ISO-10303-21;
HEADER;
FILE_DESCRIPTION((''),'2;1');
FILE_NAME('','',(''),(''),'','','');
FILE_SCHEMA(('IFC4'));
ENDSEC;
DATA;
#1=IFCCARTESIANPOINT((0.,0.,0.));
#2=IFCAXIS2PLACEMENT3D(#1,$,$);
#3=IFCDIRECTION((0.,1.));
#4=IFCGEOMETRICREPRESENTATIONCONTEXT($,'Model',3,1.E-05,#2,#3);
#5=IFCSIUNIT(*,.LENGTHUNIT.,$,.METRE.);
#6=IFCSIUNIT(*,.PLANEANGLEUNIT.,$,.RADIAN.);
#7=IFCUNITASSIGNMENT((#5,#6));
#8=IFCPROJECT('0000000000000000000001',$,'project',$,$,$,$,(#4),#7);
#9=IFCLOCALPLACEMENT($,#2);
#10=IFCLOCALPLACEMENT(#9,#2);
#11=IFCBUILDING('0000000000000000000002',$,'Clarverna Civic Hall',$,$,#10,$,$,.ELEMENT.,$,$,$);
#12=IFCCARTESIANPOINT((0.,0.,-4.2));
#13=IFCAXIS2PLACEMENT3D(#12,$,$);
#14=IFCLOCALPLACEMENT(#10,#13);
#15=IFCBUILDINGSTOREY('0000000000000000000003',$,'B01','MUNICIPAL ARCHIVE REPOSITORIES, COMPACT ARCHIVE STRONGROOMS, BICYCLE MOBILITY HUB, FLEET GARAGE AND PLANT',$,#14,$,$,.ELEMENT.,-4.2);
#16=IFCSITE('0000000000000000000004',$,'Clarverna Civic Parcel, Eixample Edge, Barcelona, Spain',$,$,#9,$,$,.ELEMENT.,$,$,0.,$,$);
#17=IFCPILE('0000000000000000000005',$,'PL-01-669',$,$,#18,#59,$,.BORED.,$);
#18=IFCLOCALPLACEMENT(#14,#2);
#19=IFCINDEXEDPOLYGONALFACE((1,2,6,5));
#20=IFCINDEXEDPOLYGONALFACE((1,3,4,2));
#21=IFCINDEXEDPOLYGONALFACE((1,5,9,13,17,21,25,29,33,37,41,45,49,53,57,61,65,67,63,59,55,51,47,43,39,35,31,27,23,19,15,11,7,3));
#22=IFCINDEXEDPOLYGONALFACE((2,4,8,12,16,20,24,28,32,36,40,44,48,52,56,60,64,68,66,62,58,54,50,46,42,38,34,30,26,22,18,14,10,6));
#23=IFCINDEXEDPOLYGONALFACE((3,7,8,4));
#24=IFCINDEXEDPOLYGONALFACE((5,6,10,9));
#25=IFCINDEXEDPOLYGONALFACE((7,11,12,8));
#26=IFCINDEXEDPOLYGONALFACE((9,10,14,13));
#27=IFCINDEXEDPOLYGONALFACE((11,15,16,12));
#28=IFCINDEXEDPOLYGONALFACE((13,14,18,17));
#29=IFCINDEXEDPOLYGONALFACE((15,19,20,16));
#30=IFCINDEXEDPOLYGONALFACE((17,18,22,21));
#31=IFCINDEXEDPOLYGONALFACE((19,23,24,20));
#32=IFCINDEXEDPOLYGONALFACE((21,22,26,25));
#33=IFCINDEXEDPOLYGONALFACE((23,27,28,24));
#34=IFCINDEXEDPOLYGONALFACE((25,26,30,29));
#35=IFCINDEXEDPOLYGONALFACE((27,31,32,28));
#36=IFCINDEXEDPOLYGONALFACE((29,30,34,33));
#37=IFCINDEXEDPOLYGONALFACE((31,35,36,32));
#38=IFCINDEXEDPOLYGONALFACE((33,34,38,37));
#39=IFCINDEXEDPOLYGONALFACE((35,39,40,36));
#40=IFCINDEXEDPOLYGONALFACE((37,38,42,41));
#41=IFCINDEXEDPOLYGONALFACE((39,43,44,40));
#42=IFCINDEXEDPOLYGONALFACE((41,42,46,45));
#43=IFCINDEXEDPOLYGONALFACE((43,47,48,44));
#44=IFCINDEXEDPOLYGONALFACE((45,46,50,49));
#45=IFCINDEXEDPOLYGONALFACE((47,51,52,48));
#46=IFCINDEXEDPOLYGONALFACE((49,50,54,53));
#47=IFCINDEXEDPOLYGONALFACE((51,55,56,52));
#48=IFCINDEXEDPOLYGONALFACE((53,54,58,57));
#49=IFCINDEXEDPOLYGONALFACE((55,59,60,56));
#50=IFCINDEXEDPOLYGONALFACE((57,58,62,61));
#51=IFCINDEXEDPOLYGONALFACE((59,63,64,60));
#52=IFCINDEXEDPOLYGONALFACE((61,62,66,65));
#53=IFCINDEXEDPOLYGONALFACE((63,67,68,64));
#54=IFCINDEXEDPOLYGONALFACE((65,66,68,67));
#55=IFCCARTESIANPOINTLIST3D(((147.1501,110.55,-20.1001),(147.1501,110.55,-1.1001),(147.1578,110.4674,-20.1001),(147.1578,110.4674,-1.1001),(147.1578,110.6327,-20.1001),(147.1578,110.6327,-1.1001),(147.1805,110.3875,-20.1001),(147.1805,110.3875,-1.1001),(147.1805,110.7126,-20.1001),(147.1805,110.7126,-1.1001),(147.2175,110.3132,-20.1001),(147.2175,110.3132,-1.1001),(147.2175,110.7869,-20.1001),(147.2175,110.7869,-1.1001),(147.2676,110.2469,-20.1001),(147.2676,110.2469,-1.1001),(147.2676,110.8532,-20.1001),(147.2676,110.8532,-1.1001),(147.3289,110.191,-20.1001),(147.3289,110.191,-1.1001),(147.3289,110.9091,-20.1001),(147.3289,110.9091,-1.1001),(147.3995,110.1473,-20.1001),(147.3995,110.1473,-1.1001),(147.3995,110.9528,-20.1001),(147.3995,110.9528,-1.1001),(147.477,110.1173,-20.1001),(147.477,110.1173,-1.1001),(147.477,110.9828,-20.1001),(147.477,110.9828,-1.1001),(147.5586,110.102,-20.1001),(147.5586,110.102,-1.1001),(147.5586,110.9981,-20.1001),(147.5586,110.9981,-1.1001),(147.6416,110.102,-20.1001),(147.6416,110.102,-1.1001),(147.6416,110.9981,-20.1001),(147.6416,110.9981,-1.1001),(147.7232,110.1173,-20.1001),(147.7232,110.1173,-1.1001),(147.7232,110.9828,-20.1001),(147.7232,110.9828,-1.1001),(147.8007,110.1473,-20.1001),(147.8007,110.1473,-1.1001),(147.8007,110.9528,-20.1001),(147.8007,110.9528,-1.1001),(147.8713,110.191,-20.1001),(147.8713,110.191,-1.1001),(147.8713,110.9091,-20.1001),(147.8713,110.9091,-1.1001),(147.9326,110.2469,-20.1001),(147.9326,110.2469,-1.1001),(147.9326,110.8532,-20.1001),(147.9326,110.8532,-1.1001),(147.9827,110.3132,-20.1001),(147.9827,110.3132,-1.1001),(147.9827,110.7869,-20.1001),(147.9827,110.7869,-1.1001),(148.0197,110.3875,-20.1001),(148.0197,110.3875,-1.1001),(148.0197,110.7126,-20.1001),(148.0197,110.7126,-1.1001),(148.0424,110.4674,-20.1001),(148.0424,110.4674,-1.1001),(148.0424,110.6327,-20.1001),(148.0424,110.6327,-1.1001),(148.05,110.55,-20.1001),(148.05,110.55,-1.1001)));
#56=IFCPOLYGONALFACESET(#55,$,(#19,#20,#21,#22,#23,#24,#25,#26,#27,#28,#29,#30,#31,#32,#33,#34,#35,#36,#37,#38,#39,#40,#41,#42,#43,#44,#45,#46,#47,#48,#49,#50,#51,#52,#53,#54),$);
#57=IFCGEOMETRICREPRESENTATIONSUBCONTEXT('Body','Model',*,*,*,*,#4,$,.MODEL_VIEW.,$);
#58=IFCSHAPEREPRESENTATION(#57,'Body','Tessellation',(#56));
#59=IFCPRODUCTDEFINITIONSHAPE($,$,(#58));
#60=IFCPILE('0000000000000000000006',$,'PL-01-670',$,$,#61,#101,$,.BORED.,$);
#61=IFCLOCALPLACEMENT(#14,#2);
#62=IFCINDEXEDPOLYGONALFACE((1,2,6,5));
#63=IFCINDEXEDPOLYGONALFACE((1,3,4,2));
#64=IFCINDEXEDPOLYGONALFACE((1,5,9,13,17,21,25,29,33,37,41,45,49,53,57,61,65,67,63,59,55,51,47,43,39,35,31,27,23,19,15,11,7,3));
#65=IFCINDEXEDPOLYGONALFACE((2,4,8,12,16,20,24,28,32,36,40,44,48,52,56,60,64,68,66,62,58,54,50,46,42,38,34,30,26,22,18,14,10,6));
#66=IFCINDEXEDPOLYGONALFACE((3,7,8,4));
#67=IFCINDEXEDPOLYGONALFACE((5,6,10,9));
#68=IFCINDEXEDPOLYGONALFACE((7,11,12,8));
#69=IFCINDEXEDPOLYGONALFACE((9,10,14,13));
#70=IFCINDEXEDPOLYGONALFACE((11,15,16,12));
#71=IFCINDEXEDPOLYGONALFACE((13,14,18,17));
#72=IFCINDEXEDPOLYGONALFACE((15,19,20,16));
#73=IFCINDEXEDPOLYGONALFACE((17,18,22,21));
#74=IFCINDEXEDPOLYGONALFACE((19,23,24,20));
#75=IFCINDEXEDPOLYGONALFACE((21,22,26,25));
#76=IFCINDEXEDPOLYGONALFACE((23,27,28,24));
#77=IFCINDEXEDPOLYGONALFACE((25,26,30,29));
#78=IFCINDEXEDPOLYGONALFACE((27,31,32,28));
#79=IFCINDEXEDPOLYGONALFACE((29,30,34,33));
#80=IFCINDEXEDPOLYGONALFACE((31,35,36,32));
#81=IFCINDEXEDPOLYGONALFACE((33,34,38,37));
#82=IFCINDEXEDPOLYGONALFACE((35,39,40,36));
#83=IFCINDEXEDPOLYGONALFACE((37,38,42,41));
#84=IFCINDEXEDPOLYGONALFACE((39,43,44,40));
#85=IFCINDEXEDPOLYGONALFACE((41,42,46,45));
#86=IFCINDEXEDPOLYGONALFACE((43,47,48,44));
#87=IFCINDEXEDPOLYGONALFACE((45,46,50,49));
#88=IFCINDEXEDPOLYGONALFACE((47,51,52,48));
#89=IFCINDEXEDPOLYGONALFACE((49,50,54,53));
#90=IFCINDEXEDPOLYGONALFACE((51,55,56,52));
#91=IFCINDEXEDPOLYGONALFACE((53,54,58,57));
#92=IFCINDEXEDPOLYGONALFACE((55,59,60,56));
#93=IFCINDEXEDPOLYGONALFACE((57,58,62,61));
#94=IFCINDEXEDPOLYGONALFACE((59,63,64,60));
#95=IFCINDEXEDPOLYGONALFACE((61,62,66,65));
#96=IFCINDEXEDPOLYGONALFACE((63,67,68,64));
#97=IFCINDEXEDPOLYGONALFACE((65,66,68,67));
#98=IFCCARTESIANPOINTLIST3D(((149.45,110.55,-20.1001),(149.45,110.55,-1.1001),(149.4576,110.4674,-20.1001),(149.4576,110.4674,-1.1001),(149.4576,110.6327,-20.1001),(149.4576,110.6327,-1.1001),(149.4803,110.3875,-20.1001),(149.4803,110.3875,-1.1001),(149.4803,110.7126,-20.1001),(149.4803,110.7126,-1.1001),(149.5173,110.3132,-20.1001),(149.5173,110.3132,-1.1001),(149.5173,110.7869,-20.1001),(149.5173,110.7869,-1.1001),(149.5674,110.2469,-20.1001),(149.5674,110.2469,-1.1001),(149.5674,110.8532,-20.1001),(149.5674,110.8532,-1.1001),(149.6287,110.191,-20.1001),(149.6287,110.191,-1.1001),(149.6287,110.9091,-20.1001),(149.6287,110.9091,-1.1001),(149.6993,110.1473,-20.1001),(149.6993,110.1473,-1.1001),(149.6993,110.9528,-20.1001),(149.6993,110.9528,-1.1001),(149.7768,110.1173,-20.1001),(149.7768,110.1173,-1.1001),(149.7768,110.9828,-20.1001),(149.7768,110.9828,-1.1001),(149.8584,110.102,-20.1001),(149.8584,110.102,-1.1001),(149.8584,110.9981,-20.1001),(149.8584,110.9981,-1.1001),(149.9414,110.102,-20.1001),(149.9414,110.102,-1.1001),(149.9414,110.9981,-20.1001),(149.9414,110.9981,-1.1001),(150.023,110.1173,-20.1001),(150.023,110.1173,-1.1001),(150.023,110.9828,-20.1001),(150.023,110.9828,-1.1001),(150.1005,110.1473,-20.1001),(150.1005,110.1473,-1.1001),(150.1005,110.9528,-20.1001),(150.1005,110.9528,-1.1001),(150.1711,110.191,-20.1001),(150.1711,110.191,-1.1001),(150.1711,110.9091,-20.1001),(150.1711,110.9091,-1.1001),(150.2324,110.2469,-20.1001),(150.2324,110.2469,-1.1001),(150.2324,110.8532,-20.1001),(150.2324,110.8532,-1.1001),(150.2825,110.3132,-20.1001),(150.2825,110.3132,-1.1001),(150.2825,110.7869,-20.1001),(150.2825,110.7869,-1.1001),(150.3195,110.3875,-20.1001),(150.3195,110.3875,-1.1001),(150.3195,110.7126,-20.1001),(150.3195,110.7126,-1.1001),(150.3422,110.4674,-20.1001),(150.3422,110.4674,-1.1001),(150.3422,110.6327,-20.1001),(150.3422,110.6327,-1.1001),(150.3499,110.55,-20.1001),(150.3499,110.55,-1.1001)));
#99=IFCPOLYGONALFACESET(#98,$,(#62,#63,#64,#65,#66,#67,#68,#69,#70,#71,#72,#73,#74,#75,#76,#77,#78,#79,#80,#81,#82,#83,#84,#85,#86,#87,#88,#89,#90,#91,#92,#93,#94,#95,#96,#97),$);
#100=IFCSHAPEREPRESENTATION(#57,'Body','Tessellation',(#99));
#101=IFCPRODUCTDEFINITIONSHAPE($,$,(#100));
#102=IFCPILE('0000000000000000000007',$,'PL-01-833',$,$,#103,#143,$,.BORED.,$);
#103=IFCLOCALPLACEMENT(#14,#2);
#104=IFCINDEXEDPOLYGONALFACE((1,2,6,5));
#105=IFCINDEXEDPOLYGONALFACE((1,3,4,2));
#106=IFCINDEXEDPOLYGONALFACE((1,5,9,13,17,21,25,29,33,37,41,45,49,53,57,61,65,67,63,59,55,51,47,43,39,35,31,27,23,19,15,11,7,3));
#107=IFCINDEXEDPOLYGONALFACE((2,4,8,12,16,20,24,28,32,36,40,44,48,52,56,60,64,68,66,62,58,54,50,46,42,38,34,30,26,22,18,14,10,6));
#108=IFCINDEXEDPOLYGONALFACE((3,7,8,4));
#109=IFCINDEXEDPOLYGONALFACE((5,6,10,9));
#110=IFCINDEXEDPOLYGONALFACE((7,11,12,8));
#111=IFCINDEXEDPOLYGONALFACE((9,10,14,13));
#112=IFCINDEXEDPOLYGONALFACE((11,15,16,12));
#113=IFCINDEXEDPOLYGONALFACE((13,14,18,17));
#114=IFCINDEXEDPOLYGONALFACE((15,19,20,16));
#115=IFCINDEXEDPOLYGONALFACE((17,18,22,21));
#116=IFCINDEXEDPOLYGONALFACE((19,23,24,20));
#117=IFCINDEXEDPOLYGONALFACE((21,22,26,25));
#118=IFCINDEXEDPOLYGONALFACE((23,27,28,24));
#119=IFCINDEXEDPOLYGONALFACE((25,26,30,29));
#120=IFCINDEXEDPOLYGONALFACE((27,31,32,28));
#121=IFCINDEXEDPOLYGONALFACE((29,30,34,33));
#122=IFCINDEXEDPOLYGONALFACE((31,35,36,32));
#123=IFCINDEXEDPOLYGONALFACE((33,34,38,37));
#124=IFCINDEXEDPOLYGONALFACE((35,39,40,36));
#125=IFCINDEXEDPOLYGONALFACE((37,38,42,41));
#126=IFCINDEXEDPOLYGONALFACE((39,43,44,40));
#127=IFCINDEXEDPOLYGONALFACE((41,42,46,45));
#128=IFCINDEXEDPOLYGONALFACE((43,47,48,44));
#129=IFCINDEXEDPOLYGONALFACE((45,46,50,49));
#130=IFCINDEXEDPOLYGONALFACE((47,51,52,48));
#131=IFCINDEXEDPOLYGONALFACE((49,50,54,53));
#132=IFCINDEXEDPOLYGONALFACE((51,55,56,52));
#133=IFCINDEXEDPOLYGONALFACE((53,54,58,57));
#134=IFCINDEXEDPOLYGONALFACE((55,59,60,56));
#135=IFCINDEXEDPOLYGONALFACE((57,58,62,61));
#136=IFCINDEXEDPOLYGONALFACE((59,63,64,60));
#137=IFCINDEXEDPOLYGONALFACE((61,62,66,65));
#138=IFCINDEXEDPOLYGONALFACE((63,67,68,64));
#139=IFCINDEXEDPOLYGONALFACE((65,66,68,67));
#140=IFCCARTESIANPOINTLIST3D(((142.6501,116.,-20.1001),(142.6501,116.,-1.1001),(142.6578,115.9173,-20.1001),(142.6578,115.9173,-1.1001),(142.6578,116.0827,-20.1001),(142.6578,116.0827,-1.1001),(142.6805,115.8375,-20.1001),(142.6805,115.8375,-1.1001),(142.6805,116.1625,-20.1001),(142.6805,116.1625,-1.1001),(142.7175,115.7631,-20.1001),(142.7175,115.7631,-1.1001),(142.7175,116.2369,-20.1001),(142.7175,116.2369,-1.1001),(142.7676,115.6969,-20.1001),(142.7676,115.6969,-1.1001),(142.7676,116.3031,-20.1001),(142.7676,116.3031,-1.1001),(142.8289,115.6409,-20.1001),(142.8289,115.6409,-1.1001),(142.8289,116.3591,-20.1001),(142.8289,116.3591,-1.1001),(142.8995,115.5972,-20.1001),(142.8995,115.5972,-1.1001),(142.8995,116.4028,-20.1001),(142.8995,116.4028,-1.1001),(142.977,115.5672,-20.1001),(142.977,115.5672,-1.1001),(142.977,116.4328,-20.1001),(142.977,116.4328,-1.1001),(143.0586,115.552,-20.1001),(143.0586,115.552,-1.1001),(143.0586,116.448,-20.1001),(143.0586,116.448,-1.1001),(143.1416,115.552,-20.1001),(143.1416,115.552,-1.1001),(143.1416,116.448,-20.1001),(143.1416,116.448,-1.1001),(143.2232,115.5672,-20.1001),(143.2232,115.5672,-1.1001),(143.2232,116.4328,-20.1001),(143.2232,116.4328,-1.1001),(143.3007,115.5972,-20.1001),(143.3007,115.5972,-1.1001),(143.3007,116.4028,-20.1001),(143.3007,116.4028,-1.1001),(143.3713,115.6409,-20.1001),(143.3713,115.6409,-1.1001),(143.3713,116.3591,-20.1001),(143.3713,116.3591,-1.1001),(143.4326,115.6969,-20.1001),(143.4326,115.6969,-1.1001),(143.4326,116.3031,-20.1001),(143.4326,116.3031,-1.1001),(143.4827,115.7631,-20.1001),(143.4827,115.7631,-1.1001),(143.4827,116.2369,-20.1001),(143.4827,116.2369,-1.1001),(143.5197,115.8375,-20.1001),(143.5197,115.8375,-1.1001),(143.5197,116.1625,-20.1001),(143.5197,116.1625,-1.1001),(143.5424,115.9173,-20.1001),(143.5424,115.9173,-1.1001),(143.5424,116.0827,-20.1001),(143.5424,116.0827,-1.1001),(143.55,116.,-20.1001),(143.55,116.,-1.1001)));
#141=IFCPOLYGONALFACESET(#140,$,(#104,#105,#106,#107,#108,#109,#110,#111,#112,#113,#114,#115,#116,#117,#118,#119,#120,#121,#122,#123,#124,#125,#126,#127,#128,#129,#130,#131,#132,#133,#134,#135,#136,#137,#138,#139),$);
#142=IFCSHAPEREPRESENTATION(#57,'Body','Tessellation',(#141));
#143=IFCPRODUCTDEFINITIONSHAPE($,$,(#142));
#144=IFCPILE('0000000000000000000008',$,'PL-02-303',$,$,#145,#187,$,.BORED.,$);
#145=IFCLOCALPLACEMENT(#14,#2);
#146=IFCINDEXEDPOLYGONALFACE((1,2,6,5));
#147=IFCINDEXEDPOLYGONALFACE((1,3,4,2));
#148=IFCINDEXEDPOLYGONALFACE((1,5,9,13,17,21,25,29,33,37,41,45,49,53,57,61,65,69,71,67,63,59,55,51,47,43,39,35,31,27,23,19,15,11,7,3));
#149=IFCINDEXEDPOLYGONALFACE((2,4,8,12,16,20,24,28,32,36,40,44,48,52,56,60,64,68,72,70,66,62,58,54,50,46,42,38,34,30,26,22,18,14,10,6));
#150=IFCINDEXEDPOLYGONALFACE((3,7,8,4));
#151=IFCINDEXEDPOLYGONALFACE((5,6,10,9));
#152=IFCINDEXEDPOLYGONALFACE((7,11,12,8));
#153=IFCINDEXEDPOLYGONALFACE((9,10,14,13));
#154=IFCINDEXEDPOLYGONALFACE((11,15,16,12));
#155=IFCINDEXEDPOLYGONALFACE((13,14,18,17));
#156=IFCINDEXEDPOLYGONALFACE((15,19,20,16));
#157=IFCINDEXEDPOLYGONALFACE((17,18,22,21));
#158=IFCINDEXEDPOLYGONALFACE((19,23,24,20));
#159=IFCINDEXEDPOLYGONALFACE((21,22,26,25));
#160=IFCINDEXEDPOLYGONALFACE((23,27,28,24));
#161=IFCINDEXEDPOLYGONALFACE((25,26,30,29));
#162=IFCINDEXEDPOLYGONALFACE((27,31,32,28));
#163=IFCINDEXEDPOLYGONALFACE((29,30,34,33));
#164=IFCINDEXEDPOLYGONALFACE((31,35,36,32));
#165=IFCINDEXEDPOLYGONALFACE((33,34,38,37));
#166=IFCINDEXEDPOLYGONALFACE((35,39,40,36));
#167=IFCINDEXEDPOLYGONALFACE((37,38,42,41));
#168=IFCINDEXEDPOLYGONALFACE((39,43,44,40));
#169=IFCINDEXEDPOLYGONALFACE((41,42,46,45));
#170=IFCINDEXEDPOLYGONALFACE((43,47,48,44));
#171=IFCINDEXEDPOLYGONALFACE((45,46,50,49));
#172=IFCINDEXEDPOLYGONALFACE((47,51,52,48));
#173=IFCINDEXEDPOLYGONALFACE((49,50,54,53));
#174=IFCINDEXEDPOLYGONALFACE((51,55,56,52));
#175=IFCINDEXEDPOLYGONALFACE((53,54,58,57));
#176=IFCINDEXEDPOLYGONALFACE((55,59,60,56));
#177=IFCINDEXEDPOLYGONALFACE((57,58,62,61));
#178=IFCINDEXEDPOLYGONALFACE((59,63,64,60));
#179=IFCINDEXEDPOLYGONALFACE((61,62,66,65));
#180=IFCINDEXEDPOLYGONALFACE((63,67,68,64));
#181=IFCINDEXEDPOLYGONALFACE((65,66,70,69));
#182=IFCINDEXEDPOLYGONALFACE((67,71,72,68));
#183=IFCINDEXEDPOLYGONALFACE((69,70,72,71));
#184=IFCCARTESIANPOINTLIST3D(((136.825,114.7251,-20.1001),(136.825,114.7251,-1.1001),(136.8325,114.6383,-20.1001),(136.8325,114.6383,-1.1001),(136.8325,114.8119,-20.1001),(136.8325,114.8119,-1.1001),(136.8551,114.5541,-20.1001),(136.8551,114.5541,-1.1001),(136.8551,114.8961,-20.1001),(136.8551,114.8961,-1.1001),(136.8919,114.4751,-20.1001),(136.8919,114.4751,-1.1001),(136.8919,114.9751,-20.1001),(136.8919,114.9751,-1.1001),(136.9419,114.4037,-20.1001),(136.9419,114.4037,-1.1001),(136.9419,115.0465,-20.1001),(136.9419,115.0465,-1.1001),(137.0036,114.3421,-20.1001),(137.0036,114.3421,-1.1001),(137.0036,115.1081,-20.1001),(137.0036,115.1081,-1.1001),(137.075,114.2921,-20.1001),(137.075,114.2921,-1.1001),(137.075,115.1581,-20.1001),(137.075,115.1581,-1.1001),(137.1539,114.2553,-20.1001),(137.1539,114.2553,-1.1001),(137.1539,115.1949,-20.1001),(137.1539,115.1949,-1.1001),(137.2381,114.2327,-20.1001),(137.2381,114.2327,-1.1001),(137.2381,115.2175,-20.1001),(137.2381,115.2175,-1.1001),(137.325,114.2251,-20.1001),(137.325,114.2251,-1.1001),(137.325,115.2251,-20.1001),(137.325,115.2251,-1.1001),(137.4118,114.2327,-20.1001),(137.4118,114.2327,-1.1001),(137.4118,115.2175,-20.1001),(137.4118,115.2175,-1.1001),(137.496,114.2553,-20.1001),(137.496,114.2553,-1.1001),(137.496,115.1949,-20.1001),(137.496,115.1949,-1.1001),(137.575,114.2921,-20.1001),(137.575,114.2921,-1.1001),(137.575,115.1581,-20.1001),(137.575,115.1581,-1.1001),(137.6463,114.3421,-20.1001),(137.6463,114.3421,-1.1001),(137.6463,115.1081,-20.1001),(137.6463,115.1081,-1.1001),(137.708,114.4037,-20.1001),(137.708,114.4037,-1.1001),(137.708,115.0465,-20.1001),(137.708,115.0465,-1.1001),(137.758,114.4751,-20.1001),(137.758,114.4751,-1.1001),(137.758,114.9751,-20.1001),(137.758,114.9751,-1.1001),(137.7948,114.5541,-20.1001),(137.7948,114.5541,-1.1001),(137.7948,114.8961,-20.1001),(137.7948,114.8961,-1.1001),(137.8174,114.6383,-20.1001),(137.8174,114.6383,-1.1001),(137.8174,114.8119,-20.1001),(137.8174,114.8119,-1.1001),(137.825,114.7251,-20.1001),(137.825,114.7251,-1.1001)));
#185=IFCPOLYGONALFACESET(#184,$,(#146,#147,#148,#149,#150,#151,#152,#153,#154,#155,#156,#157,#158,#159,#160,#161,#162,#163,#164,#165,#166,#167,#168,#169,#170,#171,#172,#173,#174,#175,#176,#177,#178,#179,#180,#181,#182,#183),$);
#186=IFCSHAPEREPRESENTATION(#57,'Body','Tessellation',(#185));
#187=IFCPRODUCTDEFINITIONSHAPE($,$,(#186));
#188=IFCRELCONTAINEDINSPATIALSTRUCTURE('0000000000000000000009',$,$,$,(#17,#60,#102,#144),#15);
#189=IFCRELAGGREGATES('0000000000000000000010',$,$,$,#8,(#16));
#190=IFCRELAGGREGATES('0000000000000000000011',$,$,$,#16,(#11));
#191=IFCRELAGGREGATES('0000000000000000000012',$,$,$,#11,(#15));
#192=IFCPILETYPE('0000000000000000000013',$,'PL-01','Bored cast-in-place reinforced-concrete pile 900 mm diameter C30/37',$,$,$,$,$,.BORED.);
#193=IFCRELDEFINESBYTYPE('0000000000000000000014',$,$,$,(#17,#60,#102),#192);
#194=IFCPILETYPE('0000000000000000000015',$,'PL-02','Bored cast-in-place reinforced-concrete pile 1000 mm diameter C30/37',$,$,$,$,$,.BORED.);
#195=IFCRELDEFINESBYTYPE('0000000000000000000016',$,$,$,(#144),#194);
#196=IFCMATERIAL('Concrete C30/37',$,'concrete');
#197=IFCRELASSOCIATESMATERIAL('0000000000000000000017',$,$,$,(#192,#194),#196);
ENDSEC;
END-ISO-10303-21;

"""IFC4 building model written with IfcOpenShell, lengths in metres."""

from ifc_helpers import new_model, si_unit, direction, frame, origin, origin_2d, place, context, subcontext, project, spatial, circle, extrude, material, material_profile, profile_set, type_object, element, save


model = new_model("IFC4")

# Units and contexts
model_context = context("Model", 3, precision=1e-05, world=origin(), true_north=direction((0.0, 1.0)))
body_context = subcontext(model_context, "Body", "Model", "MODEL_VIEW")
ifc_project = project(units=[si_unit("LENGTHUNIT", "METRE"), si_unit("PLANEANGLEUNIT", "RADIAN")], contexts=[model_context])

# Site, building, storey
site_placement = place(None, origin())
site = spatial("IfcSite", under=ifc_project, at=site_placement, Name="Clarverna Civic Parcel, Eixample Edge, Barcelona, Spain", CompositionType="ELEMENT", RefElevation=0.0)
building_placement = place(site_placement, origin())
building = spatial("IfcBuilding", under=site, at=building_placement, Name="Clarverna Civic Hall", CompositionType="ELEMENT")
storey_placement = place(building_placement, frame((0.0, 0.0, -4.2)))
storey = spatial("IfcBuildingStorey", under=building, at=storey_placement, Name="B01", Description="MUNICIPAL ARCHIVE REPOSITORIES, COMPACT ARCHIVE STRONGROOMS, BICYCLE MOBILITY HUB, FLEET GARAGE AND PLANT", CompositionType="ELEMENT", Elevation=-4.2)

# Shared definitions
ifc_material_1 = material(Name="Concrete C30/37", Category="concrete")

# Piles
ifc_material_profile_1 = material_profile(ifc_material_1, circle(Radius=0.45, at=origin_2d()), Name="BORED PILE D900")
ifc_profile_set_1 = profile_set([ifc_material_profile_1], Name="Concrete C30/37")
pile_type_1 = type_object("IfcPileType", Name="PL-01", Description="Bored cast-in-place reinforced-concrete pile 900 mm diameter C30/37", PredefinedType="BORED", material=ifc_profile_set_1)
for number, where, z_axis, x_axis, name in (
    (1, (147.6001, 110.55, -1.1001), (0.0, 0.0, -1.0), (1.0, 0.0, 0.0), "PL-01-669"),
    (2, (149.8999, 110.55, -1.1001), (0.0, 0.0, -1.0), (1.0, 0.0, 0.0), "PL-01-670"),
    (3, (143.1001, 116.0, -1.1001), (0.0, 0.0, -1.0), (1.0, 0.0, 0.0), "PL-01-833"),
):
    element("IfcPile", number, at=place(storey_placement, frame(where, z_axis=z_axis, x_axis=x_axis)), inside=storey, type_object=pile_type_1, Name=name, PredefinedType="BORED", context=body_context, shape_type="SweptSolid", body=[
        extrude(circle(Radius=0.45, at=origin_2d()), origin(), (0.0, 0.0, 1.0), 19.0),
    ])
ifc_material_profile_2 = material_profile(ifc_material_1, circle(Radius=0.5, at=origin_2d()), Name="BORED PILE D1000")
ifc_profile_set_2 = profile_set([ifc_material_profile_2], Name="Concrete C30/37")
pile_type_2 = type_object("IfcPileType", Name="PL-02", Description="Bored cast-in-place reinforced-concrete pile 1000 mm diameter C30/37", PredefinedType="BORED", material=ifc_profile_set_2)
for number, where, z_axis, x_axis, name in (
    (4, (137.325, 114.7251, -1.1001), (0.0, 0.0, -1.0), (1.0, 0.0, 0.0), "PL-02-303"),
):
    element("IfcPile", number, at=place(storey_placement, frame(where, z_axis=z_axis, x_axis=x_axis)), inside=storey, type_object=pile_type_2, Name=name, PredefinedType="BORED", context=body_context, shape_type="SweptSolid", body=[
        extrude(circle(Radius=0.5, at=origin_2d()), origin(), (0.0, 0.0, 1.0), 19.0),
    ])

save(model, "model.ifc")
